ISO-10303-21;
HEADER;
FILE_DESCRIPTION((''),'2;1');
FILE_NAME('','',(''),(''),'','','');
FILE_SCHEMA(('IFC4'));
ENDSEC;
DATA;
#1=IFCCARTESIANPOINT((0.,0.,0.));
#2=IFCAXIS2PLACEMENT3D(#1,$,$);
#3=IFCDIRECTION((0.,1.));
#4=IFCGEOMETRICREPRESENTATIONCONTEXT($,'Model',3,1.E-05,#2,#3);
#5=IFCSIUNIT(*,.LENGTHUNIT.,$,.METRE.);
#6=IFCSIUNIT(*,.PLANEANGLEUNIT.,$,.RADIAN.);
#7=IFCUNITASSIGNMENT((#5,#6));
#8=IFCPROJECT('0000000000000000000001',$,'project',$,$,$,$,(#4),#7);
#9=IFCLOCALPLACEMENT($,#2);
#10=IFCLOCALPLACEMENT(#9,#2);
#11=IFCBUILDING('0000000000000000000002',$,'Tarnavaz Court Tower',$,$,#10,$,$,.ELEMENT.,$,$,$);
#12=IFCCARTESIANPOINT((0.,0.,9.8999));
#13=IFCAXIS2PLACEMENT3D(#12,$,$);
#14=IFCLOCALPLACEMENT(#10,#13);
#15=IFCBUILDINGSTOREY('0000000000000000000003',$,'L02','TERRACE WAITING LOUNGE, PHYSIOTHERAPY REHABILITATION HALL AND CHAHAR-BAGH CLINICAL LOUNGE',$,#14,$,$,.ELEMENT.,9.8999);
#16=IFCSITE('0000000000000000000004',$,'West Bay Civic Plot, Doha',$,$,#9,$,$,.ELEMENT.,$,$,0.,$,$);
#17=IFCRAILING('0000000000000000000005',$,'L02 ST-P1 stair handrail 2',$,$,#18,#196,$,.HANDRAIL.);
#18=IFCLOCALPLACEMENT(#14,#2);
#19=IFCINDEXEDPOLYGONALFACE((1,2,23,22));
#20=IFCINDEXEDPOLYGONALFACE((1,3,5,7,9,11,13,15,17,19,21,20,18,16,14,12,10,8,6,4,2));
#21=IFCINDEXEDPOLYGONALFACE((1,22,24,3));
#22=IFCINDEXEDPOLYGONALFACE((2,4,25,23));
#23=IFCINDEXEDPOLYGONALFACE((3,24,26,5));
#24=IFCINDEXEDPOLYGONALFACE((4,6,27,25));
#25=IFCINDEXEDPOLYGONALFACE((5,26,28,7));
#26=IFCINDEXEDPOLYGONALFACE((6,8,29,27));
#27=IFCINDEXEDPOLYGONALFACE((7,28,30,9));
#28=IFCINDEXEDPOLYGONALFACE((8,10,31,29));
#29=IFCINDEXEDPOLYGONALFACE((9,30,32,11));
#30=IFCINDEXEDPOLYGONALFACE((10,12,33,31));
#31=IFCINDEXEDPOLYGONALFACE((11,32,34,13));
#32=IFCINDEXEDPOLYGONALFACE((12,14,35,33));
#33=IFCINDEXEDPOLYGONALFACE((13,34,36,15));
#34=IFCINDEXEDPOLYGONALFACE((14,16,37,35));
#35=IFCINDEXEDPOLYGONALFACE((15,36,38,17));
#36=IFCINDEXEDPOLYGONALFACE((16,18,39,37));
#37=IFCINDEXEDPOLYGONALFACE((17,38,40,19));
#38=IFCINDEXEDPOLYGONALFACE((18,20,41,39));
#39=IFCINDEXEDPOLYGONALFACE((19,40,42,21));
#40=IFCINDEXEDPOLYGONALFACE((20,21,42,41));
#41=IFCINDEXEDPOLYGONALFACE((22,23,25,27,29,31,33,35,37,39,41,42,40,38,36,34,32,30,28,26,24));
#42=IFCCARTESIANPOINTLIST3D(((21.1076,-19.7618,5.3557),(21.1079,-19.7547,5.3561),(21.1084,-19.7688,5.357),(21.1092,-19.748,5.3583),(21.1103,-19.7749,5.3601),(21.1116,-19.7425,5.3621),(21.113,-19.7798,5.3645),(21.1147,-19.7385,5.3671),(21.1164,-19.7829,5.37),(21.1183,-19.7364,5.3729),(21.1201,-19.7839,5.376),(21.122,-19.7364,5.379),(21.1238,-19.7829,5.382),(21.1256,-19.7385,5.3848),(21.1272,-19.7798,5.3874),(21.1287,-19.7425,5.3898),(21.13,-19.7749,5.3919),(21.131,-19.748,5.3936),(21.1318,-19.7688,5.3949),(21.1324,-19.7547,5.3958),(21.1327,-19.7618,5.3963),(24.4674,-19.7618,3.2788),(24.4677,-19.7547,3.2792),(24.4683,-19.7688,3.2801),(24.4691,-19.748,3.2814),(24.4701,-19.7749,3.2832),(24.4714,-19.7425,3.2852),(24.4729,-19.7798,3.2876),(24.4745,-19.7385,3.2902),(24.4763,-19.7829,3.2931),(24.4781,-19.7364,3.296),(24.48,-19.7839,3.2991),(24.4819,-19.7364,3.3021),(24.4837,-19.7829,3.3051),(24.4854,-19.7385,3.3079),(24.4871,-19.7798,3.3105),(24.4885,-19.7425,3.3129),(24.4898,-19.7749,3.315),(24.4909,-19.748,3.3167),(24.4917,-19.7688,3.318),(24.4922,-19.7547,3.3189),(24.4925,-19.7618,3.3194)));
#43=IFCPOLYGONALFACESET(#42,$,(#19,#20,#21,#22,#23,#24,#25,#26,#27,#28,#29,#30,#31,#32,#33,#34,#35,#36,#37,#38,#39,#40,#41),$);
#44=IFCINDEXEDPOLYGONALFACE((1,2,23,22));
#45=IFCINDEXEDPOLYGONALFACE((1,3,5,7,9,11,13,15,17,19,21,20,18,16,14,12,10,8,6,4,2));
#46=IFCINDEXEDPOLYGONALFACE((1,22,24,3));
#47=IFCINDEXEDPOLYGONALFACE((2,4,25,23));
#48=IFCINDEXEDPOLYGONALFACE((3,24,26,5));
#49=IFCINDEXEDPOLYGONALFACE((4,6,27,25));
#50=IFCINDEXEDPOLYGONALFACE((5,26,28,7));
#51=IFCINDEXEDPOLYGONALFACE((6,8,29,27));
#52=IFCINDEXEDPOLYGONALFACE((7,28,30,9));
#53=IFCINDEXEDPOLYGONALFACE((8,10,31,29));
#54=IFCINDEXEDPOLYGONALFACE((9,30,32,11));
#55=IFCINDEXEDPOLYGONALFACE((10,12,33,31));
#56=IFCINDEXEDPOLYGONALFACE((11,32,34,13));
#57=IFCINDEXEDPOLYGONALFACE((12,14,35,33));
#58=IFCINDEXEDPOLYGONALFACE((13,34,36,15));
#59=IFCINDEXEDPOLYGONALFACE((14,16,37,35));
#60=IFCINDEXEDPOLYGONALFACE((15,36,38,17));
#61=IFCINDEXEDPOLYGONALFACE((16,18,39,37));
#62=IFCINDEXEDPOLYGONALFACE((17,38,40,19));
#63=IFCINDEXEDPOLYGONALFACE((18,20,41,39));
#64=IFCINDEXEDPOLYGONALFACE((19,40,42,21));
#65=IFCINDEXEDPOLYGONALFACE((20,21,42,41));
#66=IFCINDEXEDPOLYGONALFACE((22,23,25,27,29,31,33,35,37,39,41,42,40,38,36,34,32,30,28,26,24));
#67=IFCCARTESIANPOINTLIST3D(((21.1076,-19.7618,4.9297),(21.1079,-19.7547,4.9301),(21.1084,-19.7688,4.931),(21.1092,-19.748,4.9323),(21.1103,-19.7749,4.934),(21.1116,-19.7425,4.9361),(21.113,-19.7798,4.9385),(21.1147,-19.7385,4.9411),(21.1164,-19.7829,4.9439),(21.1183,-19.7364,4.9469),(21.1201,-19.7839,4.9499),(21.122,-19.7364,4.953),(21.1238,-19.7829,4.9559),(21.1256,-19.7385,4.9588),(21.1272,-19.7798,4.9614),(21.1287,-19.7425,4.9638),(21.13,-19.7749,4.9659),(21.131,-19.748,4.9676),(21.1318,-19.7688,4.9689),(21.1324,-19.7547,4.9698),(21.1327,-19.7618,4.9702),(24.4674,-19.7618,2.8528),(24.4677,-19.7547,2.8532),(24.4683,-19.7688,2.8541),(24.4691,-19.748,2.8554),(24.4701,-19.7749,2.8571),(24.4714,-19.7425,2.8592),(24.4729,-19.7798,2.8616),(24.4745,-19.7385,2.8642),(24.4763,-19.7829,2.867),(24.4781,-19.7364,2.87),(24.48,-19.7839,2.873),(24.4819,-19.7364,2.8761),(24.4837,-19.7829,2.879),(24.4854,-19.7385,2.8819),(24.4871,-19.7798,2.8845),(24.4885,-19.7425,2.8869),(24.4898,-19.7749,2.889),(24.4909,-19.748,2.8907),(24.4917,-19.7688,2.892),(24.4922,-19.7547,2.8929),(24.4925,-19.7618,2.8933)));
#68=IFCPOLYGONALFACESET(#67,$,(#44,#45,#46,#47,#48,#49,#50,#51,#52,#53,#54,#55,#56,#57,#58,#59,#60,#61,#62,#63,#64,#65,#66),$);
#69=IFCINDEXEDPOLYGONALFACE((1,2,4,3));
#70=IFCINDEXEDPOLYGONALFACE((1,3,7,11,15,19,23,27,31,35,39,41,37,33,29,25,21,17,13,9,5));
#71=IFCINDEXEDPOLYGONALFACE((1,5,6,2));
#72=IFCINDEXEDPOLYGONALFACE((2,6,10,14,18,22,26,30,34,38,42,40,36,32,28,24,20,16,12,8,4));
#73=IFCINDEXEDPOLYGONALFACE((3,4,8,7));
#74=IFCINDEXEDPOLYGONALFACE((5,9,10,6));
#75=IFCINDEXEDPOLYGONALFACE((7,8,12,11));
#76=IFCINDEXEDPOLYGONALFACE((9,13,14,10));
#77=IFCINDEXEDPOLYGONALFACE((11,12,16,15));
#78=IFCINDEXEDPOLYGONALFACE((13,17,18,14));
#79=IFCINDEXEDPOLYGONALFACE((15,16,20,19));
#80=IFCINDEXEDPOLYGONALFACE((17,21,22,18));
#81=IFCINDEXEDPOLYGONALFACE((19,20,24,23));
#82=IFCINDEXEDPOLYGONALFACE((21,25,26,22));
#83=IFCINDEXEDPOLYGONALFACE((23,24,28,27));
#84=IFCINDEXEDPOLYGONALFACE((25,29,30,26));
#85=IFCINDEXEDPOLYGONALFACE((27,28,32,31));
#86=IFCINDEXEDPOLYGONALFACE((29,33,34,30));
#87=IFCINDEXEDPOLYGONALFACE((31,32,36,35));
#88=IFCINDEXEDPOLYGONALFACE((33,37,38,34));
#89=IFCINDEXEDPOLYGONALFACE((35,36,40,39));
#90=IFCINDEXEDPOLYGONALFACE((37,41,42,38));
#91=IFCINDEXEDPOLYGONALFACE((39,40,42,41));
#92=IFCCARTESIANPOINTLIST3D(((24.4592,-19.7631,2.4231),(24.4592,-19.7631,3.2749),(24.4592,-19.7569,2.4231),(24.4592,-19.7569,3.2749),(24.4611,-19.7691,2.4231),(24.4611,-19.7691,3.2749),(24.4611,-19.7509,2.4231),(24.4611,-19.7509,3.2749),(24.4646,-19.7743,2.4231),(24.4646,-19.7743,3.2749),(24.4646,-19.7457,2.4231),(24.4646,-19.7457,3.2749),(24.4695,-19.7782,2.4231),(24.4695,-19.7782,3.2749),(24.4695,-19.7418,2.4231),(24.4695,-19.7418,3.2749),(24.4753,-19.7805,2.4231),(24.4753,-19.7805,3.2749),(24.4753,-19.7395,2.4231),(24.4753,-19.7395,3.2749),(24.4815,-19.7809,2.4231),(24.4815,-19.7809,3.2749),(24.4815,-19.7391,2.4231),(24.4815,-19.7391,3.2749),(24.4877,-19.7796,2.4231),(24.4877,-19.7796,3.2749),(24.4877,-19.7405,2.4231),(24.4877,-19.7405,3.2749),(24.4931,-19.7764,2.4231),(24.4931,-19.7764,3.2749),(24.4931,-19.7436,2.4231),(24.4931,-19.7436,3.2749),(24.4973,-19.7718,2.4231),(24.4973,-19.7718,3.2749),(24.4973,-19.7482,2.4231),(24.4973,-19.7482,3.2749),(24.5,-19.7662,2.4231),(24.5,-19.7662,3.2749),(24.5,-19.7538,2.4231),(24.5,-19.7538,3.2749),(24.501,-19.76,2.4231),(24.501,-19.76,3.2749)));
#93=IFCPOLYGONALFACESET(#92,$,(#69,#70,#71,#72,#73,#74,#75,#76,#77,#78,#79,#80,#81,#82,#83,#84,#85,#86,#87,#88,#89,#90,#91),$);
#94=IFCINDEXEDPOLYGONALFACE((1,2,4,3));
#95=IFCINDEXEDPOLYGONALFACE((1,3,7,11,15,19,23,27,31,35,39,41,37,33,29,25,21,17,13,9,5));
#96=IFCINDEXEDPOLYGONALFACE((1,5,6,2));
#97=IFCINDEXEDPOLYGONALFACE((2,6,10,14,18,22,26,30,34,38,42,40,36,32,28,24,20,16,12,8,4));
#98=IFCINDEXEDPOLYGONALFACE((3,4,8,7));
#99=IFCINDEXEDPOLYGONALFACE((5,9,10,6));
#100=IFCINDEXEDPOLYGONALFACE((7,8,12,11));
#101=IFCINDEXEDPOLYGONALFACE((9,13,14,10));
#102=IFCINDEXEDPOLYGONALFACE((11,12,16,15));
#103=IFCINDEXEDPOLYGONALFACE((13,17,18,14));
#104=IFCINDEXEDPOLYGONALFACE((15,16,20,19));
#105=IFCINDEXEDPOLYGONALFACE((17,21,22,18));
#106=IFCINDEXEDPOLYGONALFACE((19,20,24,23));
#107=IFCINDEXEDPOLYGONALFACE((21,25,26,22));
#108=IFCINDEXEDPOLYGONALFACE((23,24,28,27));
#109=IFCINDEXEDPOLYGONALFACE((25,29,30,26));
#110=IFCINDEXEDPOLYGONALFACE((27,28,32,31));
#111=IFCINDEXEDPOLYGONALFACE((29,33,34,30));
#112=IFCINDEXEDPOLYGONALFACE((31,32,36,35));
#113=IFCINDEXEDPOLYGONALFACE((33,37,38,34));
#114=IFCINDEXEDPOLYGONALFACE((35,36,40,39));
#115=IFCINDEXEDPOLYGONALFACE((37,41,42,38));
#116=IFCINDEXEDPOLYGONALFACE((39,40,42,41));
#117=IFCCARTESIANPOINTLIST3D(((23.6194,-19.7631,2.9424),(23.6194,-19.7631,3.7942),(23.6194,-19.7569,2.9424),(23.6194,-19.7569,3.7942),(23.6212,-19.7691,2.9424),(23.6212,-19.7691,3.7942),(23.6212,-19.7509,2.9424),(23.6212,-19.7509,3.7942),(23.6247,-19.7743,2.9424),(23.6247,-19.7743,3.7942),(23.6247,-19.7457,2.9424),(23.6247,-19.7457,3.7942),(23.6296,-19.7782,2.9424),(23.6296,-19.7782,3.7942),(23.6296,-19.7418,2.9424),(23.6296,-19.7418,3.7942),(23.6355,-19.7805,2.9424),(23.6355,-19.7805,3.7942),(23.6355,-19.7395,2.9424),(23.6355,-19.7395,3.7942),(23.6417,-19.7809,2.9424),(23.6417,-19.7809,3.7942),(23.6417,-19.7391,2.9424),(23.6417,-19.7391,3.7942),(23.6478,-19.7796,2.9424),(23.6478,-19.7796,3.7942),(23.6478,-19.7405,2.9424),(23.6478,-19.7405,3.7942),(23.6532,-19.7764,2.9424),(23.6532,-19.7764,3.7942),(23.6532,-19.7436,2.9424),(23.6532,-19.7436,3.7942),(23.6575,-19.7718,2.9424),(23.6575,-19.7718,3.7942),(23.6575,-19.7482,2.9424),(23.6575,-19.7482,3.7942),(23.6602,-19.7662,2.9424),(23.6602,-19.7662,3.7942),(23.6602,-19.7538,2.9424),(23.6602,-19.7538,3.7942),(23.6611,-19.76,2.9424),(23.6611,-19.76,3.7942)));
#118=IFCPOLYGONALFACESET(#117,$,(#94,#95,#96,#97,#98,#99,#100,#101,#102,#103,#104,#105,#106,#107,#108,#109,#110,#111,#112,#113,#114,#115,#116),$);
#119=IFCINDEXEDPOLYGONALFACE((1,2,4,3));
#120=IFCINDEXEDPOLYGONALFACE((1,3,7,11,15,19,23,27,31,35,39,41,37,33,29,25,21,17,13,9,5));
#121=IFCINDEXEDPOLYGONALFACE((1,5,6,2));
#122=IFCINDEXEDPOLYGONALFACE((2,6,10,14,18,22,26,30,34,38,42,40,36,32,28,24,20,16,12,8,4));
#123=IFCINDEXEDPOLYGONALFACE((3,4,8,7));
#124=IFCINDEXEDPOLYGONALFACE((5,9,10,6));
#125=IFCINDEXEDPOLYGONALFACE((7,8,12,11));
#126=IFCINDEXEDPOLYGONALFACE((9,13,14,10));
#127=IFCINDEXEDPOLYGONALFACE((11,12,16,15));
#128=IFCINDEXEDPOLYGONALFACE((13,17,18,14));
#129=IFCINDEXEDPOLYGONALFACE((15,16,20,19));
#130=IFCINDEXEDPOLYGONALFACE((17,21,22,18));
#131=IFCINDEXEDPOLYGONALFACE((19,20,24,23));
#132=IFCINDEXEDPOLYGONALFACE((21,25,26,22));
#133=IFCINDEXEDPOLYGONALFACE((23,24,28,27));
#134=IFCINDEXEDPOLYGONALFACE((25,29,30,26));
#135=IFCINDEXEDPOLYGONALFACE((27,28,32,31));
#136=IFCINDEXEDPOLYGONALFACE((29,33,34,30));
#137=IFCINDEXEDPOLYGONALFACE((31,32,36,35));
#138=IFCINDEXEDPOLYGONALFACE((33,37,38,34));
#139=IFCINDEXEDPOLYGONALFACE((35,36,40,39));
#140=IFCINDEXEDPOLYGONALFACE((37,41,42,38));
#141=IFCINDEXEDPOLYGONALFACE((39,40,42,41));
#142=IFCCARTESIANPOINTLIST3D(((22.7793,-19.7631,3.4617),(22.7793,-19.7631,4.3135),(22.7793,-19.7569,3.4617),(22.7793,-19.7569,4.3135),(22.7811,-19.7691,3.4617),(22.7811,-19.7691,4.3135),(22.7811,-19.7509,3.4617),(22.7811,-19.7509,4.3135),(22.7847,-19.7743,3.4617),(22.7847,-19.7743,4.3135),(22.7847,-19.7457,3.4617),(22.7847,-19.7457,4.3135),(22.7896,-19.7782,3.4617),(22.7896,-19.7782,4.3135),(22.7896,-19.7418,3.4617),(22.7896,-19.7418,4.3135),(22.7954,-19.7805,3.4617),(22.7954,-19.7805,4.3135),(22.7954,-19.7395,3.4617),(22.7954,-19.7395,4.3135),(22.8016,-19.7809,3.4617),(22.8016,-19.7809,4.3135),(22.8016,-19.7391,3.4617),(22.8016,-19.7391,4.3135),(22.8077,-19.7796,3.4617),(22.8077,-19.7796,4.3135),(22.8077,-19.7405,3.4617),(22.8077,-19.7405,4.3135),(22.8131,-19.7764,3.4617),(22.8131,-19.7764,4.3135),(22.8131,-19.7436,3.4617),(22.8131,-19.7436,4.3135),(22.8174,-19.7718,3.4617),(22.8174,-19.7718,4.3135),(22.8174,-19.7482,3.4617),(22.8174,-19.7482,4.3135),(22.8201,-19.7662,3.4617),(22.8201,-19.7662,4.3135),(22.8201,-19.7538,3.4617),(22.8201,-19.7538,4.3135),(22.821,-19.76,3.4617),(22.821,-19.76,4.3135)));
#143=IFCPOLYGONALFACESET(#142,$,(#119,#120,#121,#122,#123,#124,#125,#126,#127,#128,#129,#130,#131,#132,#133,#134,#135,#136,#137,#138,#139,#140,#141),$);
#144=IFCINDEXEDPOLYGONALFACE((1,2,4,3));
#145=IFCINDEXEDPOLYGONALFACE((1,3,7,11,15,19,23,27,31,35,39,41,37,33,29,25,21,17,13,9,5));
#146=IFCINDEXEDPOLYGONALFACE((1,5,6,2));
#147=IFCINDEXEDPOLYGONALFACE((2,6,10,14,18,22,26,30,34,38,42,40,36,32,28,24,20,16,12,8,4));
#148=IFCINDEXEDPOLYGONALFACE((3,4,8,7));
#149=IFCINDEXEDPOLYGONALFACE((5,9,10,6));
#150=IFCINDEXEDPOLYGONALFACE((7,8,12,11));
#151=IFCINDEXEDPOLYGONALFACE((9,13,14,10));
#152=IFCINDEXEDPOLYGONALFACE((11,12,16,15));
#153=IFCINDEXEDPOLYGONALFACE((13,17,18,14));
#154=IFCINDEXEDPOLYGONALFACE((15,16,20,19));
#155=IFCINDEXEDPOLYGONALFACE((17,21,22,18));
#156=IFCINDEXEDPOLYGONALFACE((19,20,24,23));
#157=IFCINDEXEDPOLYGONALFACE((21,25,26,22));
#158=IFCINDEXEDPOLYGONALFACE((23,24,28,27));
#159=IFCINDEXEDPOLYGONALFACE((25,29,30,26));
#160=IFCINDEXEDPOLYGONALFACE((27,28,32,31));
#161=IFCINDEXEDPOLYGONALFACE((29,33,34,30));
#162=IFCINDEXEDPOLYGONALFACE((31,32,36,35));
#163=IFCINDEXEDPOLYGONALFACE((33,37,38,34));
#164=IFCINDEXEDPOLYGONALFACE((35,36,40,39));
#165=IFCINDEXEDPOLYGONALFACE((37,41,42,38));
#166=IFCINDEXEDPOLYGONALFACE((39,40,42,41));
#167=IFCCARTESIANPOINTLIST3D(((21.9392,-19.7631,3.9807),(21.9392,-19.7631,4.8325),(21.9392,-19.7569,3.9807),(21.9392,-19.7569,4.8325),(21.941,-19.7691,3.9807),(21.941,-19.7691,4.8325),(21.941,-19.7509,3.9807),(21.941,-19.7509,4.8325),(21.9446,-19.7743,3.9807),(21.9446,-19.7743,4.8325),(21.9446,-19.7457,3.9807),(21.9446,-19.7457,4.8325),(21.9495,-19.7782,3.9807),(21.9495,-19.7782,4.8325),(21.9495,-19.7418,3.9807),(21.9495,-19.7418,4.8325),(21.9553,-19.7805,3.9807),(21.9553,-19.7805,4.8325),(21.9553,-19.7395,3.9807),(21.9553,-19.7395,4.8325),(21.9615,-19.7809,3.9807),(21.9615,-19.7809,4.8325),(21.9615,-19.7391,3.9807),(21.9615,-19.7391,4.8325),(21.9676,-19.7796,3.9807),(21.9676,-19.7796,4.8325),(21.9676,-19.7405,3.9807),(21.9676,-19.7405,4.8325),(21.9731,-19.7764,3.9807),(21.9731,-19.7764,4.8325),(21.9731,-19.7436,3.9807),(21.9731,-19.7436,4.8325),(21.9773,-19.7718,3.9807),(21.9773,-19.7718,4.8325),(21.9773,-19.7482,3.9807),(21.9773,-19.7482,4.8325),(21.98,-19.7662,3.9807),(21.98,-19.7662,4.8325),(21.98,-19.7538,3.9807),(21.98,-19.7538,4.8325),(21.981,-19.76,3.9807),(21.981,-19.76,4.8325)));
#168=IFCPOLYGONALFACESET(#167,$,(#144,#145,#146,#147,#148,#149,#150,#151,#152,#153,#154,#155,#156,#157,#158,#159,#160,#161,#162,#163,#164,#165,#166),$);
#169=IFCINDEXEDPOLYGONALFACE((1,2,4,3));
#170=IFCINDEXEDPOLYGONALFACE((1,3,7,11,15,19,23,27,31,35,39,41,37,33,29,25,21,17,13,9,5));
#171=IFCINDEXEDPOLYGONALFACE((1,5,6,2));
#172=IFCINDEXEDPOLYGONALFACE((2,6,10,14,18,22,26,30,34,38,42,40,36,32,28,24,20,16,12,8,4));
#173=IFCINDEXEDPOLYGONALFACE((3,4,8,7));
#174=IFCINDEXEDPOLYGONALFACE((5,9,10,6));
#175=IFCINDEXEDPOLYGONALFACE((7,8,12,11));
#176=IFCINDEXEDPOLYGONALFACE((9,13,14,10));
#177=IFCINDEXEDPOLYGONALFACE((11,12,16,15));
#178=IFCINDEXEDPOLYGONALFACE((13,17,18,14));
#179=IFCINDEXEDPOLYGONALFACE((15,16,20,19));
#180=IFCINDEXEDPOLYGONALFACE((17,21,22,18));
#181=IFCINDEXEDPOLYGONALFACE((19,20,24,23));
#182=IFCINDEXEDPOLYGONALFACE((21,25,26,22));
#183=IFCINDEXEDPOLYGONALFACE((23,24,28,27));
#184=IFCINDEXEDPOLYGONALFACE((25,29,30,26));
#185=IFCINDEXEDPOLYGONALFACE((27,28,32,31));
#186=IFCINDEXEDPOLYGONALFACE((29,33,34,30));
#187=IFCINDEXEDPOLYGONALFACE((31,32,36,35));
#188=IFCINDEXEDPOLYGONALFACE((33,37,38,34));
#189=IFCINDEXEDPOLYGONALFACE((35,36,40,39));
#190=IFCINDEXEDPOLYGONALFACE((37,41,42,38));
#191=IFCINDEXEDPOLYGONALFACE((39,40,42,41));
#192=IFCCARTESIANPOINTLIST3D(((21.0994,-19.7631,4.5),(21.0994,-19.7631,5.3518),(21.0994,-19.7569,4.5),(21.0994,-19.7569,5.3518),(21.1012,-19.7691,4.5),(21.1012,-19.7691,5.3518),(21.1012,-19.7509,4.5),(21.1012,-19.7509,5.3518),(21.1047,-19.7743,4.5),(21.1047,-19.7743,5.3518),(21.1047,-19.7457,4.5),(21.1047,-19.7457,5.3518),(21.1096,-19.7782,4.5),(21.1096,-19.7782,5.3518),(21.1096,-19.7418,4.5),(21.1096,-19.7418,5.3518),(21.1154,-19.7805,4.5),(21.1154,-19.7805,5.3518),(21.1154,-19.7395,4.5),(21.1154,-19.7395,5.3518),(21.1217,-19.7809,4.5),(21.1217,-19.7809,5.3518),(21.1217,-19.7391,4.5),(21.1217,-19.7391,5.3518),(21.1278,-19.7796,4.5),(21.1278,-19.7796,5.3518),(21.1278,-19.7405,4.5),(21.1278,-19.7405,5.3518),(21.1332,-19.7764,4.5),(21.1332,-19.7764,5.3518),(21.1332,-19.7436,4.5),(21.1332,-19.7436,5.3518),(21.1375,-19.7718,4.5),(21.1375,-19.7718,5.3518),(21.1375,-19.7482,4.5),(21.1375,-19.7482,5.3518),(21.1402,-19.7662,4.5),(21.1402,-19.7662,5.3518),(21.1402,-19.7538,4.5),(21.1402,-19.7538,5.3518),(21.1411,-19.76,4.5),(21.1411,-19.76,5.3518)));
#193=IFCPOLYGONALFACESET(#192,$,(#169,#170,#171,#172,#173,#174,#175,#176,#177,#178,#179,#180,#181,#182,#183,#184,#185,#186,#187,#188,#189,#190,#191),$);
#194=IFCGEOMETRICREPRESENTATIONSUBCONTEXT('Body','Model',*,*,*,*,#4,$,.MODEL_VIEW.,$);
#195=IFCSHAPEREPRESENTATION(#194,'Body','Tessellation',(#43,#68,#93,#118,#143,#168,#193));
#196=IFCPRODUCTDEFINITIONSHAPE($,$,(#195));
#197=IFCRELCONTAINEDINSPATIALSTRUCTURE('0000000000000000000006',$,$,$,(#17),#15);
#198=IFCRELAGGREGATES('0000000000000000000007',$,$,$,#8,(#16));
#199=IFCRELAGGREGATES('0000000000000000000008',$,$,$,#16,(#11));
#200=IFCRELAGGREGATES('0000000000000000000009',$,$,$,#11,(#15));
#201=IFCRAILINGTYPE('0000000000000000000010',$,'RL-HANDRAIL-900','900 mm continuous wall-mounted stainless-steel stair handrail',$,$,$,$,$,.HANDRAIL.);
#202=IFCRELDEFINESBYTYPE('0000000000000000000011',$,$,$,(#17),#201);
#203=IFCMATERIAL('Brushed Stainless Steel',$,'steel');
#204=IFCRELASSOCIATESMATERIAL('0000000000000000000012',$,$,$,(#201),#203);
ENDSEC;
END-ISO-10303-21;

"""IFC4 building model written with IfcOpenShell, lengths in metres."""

from ifc_helpers import new_model, si_unit, direction, frame, origin, origin_2d, place, context, subcontext, project, spatial, circle, extrude, material, type_object, element, save


model = new_model("IFC4")

# Units and contexts
model_context = context("Model", 3, precision=1e-05, world=origin(), true_north=direction((0.0, 1.0)))
body_context = subcontext(model_context, "Body", "Model", "MODEL_VIEW")
ifc_project = project(units=[si_unit("LENGTHUNIT", "METRE"), si_unit("PLANEANGLEUNIT", "RADIAN")], contexts=[model_context])

# Site, building, storey
site_placement = place(None, origin())
site = spatial("IfcSite", under=ifc_project, at=site_placement, Name="West Bay Civic Plot, Doha", CompositionType="ELEMENT", RefElevation=0.0)
building_placement = place(site_placement, origin())
building = spatial("IfcBuilding", under=site, at=building_placement, Name="Tarnavaz Court Tower", CompositionType="ELEMENT")
storey_placement = place(building_placement, frame((0.0, 0.0, 9.8999)))
storey = spatial("IfcBuildingStorey", under=building, at=storey_placement, Name="L02", Description="TERRACE WAITING LOUNGE, PHYSIOTHERAPY REHABILITATION HALL AND CHAHAR-BAGH CLINICAL LOUNGE", CompositionType="ELEMENT", Elevation=9.8999)

# Railing
ifc_material_1 = material(Name="Brushed Stainless Steel", Category="steel")
railing_type_1 = type_object("IfcRailingType", Name="RL-HANDRAIL-900", Description="900 mm continuous wall-mounted stainless-steel stair handrail", PredefinedType="HANDRAIL", material=ifc_material_1)
railing_1_placement = place(storey_placement, frame((24.48, -19.76, 2.4231)))
element("IfcRailing", 1, at=railing_1_placement, inside=storey, type_object=railing_type_1, Name="L02 ST-P1 stair handrail 2", PredefinedType="HANDRAIL", context=body_context, shape_type="SweptSolid", body=[
    extrude(circle(Radius=0.0239, at=origin_2d()), frame((0.0, 0.0, 0.876), z_axis=(-0.850606, 0.0, 0.525803), x_axis=(0.0, -1.0, 0.0)), (0.0, 0.0, 1.0), 3.95),
    extrude(circle(Radius=0.0239, at=origin_2d()), frame((0.0, 0.0, 0.45), z_axis=(-0.850606, 0.0, 0.525803), x_axis=(0.0, -1.0, 0.0)), (0.0, 0.0, 1.0), 3.95),
    extrude(circle(Radius=0.021, at=origin_2d()), origin(), (0.0, 0.0, 1.0), 0.8518),
    extrude(circle(Radius=0.021, at=origin_2d()), frame((-0.8398, 0.0, 0.5193)), (0.0, 0.0, 1.0), 0.8518),
    extrude(circle(Radius=0.021, at=origin_2d()), frame((-1.6799, 0.0, 1.0386)), (0.0, 0.0, 1.0), 0.8518),
    extrude(circle(Radius=0.021, at=origin_2d()), frame((-2.52, 0.0, 1.5576)), (0.0, 0.0, 1.0), 0.8518),
    extrude(circle(Radius=0.021, at=origin_2d()), frame((-3.3599, 0.0, 2.0769)), (0.0, 0.0, 1.0), 0.8518),
])

save(model, "model.ifc")
